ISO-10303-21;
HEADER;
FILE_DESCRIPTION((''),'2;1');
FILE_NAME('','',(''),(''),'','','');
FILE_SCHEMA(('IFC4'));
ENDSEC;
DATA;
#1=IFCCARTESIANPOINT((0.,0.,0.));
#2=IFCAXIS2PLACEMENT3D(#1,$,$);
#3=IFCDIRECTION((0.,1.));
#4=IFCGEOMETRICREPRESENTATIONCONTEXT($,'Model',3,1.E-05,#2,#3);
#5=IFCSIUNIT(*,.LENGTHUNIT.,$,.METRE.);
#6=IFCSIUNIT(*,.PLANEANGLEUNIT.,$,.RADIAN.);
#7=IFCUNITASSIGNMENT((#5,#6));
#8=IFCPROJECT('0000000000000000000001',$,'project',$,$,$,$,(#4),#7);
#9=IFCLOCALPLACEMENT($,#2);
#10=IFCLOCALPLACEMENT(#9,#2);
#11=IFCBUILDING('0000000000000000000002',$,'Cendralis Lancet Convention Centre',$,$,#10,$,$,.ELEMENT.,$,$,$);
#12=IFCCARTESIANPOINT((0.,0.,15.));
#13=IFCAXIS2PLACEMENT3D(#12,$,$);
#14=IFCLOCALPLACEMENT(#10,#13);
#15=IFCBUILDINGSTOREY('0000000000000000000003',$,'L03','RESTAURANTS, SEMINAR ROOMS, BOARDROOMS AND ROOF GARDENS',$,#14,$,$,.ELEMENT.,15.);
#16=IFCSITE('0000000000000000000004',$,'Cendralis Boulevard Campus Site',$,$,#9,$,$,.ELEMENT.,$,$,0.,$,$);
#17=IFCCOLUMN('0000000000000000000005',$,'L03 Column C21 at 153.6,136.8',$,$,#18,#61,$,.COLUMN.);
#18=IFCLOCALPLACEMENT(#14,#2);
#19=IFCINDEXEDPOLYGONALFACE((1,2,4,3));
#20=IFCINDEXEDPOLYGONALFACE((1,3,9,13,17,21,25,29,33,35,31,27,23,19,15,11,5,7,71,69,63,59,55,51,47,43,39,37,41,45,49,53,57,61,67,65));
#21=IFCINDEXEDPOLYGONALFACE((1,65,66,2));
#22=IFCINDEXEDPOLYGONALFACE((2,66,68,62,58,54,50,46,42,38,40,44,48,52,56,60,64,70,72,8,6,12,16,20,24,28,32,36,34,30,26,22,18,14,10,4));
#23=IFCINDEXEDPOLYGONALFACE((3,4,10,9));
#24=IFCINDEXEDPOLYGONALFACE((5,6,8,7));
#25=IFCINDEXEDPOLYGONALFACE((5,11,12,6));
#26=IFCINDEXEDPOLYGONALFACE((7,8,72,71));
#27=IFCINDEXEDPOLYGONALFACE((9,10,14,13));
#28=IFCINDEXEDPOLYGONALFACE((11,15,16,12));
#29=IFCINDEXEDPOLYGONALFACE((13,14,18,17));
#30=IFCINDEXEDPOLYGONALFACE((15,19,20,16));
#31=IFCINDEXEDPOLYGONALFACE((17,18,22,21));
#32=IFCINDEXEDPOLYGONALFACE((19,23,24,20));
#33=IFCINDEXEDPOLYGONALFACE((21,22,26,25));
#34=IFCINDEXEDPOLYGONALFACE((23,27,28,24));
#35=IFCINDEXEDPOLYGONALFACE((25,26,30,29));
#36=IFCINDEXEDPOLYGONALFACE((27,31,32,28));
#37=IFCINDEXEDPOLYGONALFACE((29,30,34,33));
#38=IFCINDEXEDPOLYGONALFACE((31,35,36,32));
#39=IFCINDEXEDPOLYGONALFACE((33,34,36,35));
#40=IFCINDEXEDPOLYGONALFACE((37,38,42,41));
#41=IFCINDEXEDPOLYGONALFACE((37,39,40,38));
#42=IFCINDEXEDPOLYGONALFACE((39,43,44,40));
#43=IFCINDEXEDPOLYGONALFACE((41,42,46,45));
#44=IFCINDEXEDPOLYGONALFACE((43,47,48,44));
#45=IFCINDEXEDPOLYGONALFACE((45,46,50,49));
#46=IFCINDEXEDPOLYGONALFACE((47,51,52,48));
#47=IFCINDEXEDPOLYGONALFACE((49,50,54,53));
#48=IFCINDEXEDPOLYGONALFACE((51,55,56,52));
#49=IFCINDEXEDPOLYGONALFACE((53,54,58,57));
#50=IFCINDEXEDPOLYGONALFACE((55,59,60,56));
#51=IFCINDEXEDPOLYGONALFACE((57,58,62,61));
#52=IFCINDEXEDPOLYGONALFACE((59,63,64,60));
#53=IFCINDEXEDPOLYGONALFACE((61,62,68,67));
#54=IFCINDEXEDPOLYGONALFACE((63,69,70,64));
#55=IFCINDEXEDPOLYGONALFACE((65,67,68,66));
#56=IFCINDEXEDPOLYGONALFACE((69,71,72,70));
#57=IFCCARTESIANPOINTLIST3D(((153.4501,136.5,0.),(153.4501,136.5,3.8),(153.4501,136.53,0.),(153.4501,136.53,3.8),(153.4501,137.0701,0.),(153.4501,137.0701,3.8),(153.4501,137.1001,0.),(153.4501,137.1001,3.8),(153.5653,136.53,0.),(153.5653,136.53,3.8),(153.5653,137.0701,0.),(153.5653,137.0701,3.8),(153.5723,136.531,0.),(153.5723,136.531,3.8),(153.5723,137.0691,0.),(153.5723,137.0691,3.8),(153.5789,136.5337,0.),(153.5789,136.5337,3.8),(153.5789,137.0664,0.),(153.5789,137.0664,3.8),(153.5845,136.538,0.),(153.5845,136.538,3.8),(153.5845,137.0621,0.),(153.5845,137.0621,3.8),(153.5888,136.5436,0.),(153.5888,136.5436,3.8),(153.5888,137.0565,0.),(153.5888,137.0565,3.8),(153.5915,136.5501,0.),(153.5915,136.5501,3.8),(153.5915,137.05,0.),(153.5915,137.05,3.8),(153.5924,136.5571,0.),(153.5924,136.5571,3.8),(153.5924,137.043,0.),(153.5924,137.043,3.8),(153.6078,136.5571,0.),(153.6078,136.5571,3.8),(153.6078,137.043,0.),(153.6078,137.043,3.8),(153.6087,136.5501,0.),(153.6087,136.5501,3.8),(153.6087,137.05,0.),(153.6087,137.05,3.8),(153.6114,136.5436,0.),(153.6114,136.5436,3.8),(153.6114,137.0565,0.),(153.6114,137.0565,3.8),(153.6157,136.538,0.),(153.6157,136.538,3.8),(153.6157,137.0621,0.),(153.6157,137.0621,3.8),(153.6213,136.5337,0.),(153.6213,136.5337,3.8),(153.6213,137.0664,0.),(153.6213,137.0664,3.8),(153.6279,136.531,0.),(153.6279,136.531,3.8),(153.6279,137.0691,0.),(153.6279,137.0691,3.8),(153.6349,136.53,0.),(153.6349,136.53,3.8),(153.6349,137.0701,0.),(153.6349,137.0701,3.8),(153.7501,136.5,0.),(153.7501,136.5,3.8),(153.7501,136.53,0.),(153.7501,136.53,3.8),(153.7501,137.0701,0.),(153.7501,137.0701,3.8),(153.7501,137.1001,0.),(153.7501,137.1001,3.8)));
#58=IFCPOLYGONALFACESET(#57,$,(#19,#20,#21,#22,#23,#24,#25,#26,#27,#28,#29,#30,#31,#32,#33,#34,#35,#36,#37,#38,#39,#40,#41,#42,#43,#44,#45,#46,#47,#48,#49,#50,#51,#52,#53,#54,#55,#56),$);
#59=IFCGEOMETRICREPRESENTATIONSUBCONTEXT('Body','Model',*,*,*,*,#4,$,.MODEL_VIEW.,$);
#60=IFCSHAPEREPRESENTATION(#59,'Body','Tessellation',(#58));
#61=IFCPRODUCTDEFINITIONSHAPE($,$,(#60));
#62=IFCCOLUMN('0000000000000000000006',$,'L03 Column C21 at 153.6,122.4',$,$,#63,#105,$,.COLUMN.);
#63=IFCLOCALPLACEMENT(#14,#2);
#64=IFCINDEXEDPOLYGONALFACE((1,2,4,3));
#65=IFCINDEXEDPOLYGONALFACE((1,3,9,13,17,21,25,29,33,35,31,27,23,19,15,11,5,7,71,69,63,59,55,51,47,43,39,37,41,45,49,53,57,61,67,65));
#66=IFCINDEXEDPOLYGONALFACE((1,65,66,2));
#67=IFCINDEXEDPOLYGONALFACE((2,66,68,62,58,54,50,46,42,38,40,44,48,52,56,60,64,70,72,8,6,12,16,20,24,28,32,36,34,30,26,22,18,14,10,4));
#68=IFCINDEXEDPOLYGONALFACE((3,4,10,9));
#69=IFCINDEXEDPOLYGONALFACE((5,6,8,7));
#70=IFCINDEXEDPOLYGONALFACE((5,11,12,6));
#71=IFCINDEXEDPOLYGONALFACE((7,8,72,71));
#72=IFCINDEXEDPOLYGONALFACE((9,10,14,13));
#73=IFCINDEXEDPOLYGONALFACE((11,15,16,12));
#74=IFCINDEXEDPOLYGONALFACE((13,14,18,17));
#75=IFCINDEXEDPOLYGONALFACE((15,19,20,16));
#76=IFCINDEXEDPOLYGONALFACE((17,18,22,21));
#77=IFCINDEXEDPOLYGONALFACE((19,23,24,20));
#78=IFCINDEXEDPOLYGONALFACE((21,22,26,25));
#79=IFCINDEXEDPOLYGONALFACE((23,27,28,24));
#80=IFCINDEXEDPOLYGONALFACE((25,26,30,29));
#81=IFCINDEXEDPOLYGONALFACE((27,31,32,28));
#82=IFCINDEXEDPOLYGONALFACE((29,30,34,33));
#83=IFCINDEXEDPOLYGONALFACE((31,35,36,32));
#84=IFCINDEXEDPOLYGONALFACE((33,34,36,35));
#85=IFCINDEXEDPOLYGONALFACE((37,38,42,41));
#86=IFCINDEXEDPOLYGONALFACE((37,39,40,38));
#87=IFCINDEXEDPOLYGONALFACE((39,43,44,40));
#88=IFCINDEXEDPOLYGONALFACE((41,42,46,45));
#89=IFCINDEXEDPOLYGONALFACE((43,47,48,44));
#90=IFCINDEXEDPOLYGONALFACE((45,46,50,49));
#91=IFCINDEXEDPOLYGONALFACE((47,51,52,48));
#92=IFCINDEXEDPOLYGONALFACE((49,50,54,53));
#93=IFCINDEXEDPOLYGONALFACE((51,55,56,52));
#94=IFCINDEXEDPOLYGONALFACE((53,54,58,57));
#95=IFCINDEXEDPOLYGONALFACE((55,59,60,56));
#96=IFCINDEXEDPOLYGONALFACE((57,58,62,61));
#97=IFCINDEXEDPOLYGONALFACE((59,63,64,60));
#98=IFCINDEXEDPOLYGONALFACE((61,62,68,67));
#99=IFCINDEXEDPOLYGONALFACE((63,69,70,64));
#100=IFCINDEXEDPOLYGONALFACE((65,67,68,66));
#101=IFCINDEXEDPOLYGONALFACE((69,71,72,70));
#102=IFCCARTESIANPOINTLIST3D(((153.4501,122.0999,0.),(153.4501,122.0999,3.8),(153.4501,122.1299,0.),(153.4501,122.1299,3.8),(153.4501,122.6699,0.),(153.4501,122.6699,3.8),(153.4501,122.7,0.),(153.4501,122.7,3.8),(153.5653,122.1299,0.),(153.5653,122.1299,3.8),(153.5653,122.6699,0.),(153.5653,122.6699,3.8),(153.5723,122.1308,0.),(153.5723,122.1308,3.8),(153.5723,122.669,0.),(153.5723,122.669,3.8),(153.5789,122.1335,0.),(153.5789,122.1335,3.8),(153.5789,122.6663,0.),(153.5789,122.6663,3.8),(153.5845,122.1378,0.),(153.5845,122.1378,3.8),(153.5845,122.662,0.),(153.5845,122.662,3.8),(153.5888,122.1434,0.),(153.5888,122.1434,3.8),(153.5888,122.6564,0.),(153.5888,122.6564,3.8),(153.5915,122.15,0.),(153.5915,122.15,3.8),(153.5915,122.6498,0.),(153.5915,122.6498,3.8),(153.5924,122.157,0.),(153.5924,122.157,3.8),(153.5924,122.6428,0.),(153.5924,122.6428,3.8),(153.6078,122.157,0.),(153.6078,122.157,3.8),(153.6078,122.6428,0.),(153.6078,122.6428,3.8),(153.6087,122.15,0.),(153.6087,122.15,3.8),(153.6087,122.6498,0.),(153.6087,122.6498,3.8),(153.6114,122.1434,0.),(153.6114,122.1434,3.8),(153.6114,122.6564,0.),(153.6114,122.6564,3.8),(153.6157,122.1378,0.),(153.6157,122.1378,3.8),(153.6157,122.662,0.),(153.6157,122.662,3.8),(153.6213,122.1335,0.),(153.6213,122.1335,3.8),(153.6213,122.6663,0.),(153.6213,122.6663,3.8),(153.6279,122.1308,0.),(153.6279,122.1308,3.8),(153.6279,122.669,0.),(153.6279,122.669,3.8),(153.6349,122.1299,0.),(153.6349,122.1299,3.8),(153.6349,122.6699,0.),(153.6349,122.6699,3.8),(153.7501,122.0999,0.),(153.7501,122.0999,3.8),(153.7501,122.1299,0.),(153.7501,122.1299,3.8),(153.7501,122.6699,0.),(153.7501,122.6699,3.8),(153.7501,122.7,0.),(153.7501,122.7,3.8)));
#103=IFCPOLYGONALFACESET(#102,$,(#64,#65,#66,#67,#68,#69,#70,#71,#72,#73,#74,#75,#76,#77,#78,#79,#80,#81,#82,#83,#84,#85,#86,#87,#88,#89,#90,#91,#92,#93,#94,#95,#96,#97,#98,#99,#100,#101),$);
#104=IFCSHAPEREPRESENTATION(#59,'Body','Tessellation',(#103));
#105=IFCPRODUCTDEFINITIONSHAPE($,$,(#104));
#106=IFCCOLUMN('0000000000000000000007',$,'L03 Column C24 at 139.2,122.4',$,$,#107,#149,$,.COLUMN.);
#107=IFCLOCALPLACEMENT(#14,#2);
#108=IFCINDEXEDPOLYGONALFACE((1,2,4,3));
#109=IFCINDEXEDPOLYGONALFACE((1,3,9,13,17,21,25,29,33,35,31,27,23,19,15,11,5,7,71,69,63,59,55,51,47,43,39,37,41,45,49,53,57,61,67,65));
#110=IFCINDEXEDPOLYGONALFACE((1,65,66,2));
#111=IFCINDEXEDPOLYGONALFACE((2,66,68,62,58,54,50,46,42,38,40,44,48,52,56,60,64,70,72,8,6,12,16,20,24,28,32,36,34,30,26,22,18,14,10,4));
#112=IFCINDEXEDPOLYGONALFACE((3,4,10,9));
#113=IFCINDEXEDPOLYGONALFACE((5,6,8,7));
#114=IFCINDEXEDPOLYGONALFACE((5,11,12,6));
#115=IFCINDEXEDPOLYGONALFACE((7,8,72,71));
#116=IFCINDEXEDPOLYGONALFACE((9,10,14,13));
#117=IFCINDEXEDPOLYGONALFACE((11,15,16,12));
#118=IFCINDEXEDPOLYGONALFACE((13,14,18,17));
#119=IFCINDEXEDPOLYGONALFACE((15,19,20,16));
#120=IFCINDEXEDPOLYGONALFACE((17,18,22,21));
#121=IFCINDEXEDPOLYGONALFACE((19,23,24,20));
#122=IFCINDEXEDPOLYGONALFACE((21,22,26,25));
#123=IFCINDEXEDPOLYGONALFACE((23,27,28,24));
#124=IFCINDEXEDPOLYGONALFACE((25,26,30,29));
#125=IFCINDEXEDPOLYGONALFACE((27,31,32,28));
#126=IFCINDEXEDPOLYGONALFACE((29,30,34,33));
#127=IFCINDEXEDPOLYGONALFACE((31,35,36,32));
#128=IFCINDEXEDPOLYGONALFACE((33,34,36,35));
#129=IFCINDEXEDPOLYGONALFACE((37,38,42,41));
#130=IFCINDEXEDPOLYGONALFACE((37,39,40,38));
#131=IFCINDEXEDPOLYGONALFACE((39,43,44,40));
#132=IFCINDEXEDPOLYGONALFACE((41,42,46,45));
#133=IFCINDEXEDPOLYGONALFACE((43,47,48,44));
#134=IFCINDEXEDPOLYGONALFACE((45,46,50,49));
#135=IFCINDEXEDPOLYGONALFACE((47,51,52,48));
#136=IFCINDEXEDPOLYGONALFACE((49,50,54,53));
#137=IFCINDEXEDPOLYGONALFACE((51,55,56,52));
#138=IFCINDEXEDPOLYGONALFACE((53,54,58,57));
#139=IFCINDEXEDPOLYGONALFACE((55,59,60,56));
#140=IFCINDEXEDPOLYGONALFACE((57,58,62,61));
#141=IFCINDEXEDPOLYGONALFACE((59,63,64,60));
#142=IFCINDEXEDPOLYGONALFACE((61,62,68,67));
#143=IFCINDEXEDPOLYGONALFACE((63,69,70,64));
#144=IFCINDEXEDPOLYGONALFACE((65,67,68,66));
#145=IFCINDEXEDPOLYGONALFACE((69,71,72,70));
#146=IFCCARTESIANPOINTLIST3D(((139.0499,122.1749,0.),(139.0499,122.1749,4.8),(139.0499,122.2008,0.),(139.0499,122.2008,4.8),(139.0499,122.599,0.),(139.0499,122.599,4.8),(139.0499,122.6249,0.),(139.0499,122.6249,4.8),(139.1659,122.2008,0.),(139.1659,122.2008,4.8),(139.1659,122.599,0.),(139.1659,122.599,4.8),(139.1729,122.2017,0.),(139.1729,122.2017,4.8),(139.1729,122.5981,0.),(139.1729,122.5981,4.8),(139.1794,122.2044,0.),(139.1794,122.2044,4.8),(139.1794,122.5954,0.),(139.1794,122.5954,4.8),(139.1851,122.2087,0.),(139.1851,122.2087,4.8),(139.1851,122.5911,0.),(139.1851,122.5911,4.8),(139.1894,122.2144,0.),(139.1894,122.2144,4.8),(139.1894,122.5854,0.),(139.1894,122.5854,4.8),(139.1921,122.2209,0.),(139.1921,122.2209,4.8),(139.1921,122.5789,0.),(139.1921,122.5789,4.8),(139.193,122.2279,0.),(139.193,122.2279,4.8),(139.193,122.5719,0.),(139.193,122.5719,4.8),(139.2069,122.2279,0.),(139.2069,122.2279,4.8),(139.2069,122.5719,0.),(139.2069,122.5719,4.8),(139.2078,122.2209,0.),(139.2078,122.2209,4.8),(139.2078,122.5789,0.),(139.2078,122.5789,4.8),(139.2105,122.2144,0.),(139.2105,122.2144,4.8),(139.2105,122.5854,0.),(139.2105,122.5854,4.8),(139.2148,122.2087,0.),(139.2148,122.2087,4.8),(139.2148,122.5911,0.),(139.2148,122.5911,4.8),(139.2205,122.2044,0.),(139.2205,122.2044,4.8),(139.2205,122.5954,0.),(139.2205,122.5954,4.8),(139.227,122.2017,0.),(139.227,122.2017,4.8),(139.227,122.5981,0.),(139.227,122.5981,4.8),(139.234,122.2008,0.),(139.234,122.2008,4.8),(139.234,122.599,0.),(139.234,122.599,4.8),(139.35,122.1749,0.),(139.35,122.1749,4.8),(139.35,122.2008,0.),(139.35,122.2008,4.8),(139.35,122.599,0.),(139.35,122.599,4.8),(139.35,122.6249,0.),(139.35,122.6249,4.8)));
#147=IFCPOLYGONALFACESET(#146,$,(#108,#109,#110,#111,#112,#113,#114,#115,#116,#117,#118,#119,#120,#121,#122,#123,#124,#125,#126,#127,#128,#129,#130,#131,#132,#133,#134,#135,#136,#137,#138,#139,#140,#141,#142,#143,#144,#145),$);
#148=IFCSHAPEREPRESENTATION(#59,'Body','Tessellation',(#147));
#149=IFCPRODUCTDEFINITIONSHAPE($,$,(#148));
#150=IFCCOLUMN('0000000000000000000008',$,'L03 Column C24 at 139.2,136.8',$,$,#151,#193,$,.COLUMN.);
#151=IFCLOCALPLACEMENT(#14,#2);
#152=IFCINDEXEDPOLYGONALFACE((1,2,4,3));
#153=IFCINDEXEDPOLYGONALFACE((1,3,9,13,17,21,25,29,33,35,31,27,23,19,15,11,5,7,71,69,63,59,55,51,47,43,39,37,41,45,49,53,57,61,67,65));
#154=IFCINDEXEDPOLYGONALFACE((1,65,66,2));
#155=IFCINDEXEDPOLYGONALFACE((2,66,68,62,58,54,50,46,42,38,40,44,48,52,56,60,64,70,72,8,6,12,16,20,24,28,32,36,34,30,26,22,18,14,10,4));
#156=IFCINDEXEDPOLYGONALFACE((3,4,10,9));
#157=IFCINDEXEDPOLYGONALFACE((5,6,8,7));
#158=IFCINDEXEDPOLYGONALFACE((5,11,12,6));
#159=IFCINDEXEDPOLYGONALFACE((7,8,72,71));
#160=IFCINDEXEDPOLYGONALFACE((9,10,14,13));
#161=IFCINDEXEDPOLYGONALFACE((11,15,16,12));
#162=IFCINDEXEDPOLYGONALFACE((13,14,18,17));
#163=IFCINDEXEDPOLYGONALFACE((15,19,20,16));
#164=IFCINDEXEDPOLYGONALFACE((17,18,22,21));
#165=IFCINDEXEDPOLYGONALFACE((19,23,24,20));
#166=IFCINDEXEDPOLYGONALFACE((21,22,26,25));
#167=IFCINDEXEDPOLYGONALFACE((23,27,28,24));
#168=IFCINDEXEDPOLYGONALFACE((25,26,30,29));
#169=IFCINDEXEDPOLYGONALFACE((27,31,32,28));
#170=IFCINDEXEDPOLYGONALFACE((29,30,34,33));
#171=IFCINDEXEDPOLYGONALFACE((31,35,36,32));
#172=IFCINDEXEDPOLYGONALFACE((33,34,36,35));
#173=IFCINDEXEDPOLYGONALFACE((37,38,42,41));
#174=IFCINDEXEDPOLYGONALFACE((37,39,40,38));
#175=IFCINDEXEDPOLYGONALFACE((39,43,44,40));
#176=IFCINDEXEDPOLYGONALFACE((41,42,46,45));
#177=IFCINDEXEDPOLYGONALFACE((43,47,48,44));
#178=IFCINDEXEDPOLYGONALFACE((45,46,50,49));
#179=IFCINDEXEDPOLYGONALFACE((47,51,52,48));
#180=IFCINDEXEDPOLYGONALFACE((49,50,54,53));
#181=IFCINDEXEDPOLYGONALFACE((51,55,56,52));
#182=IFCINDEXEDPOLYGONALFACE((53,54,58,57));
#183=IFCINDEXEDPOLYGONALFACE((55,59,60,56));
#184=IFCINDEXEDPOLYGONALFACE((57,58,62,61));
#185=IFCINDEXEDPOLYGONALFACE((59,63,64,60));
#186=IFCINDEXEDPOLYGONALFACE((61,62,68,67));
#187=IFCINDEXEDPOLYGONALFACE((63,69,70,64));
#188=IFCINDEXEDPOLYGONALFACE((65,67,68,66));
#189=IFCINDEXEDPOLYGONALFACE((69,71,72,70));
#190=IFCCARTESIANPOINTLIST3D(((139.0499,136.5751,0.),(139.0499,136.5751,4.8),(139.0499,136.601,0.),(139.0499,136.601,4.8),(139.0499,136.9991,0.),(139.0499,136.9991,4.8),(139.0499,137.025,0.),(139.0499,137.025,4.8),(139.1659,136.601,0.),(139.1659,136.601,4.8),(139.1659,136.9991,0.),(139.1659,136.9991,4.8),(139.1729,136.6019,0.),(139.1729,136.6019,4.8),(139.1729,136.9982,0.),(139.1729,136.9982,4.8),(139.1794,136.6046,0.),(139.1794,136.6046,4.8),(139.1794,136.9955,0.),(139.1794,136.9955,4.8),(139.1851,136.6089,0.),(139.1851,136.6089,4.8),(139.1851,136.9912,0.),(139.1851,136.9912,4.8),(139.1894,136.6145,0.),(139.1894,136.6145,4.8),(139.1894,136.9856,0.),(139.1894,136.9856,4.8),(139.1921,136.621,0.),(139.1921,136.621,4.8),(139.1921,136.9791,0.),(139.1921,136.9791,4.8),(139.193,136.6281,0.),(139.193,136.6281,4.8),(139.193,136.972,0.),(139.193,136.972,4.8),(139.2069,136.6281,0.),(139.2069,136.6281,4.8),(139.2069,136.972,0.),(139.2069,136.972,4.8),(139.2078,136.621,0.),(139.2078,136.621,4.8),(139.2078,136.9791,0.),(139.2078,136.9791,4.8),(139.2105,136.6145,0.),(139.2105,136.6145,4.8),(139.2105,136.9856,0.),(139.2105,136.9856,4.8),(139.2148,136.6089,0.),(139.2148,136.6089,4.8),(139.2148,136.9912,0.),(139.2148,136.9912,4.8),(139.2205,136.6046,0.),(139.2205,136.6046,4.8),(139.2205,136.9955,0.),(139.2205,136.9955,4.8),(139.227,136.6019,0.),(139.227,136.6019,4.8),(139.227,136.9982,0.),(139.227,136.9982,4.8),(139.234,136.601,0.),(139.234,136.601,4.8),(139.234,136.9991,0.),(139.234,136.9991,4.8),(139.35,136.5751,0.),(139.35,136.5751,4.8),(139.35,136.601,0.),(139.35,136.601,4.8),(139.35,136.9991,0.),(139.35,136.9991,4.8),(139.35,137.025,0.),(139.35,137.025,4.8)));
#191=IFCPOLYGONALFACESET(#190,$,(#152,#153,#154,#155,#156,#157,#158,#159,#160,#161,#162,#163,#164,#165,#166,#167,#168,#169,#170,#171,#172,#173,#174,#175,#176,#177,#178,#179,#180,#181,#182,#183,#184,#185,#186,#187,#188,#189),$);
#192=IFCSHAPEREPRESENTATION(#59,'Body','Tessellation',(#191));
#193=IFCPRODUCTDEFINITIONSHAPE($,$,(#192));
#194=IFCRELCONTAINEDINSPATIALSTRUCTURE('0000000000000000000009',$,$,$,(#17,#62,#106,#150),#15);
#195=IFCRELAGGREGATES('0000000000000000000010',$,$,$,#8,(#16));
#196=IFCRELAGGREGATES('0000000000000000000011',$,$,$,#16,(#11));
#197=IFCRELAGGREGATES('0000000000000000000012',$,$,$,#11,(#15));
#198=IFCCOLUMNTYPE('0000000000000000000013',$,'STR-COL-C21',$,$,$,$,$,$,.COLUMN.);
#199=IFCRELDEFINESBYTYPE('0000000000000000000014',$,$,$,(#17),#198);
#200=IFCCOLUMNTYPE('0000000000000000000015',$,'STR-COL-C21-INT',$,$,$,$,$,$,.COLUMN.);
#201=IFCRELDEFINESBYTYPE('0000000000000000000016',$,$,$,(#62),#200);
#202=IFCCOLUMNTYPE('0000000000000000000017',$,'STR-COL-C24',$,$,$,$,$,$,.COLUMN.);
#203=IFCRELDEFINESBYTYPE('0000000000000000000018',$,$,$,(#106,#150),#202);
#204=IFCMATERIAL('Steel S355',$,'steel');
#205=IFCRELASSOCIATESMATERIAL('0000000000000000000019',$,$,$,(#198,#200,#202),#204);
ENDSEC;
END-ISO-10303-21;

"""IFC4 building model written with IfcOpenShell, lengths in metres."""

from ifc_helpers import new_model, si_unit, direction, frame, origin, origin_2d, place, context, subcontext, project, spatial, i_section, extrude, material, material_profile, profile_set, type_object, element, save


model = new_model("IFC4")

# Units and contexts
model_context = context("Model", 3, precision=1e-05, world=origin(), true_north=direction((0.0, 1.0)))
body_context = subcontext(model_context, "Body", "Model", "MODEL_VIEW")
ifc_project = project(units=[si_unit("LENGTHUNIT", "METRE"), si_unit("PLANEANGLEUNIT", "RADIAN")], contexts=[model_context])

# Site, building, storey
site_placement = place(None, origin())
site = spatial("IfcSite", under=ifc_project, at=site_placement, Name="Cendralis Boulevard Campus Site", CompositionType="ELEMENT", RefElevation=0.0)
building_placement = place(site_placement, origin())
building = spatial("IfcBuilding", under=site, at=building_placement, Name="Cendralis Lancet Convention Centre", CompositionType="ELEMENT")
storey_placement = place(building_placement, frame((0.0, 0.0, 15.0)))
storey = spatial("IfcBuildingStorey", under=building, at=storey_placement, Name="L03", Description="RESTAURANTS, SEMINAR ROOMS, BOARDROOMS AND ROOF GARDENS", CompositionType="ELEMENT", Elevation=15.0)

# Columns
ifc_material_1 = material(Name="Steel S355", Category="steel")
ifc_material_profile_1 = material_profile(ifc_material_1, i_section(OverallWidth=0.3, OverallDepth=0.6001, WebThickness=0.0154, FlangeThickness=0.03, FilletRadius=0.0271, at=origin_2d()), Name="HEB 600")
ifc_profile_set_1 = profile_set([ifc_material_profile_1], Name="Steel S355")
column_type_1 = type_object("IfcColumnType", Name="STR-COL-C21", PredefinedType="COLUMN", material=ifc_profile_set_1)
column_1_placement = place(storey_placement, frame((153.6001, 136.8, 0.0), z_axis=(0.0, 0.0, 1.0), x_axis=(1.0, 0.0, 0.0)))
element("IfcColumn", 1, at=column_1_placement, inside=storey, type_object=column_type_1, Name="L03 Column C21 at 153.6,136.8", PredefinedType="COLUMN", context=body_context, shape_type="SweptSolid", body=[
    extrude(i_section(OverallWidth=0.3, OverallDepth=0.6001, WebThickness=0.0154, FlangeThickness=0.03, FilletRadius=0.0271, at=origin_2d()), origin(), (0.0, 0.0, 1.0), 3.8),
])
ifc_material_profile_2 = material_profile(ifc_material_1, i_section(OverallWidth=0.3, OverallDepth=0.6001, WebThickness=0.0154, FlangeThickness=0.03, FilletRadius=0.0271, at=origin_2d()), Name="HEB 600")
ifc_profile_set_2 = profile_set([ifc_material_profile_2], Name="Steel S355")
column_type_2 = type_object("IfcColumnType", Name="STR-COL-C21-INT", PredefinedType="COLUMN", material=ifc_profile_set_2)
column_2_placement = place(storey_placement, frame((153.6001, 122.3999, 0.0), z_axis=(0.0, 0.0, 1.0), x_axis=(1.0, 0.0, 0.0)))
element("IfcColumn", 2, at=column_2_placement, inside=storey, type_object=column_type_2, Name="L03 Column C21 at 153.6,122.4", PredefinedType="COLUMN", context=body_context, shape_type="SweptSolid", body=[
    extrude(i_section(OverallWidth=0.3, OverallDepth=0.6001, WebThickness=0.0154, FlangeThickness=0.03, FilletRadius=0.0271, at=origin_2d()), origin(), (0.0, 0.0, 1.0), 3.8),
])
ifc_material_profile_3 = material_profile(ifc_material_1, i_section(OverallWidth=0.3, OverallDepth=0.45, WebThickness=0.0139, FlangeThickness=0.0259, FilletRadius=0.0271, at=origin_2d()), Name="HEB 450")
ifc_profile_set_3 = profile_set([ifc_material_profile_3], Name="Steel S355")
column_type_3 = type_object("IfcColumnType", Name="STR-COL-C24", PredefinedType="COLUMN", material=ifc_profile_set_3)
for number, where, z_axis, x_axis, name in (
    (3, (139.2, 122.3999, 0.0), (0.0, 0.0, 1.0), (1.0, 0.0, 0.0), "L03 Column C24 at 139.2,122.4"),
    (4, (139.2, 136.8, 0.0), (0.0, 0.0, 1.0), (1.0, 0.0, 0.0), "L03 Column C24 at 139.2,136.8"),
):
    element("IfcColumn", number, at=place(storey_placement, frame(where, z_axis=z_axis, x_axis=x_axis)), inside=storey, type_object=column_type_3, Name=name, PredefinedType="COLUMN", context=body_context, shape_type="SweptSolid", body=[
        extrude(i_section(OverallWidth=0.3, OverallDepth=0.45, WebThickness=0.0139, FlangeThickness=0.0259, FilletRadius=0.0271, at=origin_2d()), origin(), (0.0, 0.0, 1.0), 4.8),
    ])

save(model, "model.ifc")
